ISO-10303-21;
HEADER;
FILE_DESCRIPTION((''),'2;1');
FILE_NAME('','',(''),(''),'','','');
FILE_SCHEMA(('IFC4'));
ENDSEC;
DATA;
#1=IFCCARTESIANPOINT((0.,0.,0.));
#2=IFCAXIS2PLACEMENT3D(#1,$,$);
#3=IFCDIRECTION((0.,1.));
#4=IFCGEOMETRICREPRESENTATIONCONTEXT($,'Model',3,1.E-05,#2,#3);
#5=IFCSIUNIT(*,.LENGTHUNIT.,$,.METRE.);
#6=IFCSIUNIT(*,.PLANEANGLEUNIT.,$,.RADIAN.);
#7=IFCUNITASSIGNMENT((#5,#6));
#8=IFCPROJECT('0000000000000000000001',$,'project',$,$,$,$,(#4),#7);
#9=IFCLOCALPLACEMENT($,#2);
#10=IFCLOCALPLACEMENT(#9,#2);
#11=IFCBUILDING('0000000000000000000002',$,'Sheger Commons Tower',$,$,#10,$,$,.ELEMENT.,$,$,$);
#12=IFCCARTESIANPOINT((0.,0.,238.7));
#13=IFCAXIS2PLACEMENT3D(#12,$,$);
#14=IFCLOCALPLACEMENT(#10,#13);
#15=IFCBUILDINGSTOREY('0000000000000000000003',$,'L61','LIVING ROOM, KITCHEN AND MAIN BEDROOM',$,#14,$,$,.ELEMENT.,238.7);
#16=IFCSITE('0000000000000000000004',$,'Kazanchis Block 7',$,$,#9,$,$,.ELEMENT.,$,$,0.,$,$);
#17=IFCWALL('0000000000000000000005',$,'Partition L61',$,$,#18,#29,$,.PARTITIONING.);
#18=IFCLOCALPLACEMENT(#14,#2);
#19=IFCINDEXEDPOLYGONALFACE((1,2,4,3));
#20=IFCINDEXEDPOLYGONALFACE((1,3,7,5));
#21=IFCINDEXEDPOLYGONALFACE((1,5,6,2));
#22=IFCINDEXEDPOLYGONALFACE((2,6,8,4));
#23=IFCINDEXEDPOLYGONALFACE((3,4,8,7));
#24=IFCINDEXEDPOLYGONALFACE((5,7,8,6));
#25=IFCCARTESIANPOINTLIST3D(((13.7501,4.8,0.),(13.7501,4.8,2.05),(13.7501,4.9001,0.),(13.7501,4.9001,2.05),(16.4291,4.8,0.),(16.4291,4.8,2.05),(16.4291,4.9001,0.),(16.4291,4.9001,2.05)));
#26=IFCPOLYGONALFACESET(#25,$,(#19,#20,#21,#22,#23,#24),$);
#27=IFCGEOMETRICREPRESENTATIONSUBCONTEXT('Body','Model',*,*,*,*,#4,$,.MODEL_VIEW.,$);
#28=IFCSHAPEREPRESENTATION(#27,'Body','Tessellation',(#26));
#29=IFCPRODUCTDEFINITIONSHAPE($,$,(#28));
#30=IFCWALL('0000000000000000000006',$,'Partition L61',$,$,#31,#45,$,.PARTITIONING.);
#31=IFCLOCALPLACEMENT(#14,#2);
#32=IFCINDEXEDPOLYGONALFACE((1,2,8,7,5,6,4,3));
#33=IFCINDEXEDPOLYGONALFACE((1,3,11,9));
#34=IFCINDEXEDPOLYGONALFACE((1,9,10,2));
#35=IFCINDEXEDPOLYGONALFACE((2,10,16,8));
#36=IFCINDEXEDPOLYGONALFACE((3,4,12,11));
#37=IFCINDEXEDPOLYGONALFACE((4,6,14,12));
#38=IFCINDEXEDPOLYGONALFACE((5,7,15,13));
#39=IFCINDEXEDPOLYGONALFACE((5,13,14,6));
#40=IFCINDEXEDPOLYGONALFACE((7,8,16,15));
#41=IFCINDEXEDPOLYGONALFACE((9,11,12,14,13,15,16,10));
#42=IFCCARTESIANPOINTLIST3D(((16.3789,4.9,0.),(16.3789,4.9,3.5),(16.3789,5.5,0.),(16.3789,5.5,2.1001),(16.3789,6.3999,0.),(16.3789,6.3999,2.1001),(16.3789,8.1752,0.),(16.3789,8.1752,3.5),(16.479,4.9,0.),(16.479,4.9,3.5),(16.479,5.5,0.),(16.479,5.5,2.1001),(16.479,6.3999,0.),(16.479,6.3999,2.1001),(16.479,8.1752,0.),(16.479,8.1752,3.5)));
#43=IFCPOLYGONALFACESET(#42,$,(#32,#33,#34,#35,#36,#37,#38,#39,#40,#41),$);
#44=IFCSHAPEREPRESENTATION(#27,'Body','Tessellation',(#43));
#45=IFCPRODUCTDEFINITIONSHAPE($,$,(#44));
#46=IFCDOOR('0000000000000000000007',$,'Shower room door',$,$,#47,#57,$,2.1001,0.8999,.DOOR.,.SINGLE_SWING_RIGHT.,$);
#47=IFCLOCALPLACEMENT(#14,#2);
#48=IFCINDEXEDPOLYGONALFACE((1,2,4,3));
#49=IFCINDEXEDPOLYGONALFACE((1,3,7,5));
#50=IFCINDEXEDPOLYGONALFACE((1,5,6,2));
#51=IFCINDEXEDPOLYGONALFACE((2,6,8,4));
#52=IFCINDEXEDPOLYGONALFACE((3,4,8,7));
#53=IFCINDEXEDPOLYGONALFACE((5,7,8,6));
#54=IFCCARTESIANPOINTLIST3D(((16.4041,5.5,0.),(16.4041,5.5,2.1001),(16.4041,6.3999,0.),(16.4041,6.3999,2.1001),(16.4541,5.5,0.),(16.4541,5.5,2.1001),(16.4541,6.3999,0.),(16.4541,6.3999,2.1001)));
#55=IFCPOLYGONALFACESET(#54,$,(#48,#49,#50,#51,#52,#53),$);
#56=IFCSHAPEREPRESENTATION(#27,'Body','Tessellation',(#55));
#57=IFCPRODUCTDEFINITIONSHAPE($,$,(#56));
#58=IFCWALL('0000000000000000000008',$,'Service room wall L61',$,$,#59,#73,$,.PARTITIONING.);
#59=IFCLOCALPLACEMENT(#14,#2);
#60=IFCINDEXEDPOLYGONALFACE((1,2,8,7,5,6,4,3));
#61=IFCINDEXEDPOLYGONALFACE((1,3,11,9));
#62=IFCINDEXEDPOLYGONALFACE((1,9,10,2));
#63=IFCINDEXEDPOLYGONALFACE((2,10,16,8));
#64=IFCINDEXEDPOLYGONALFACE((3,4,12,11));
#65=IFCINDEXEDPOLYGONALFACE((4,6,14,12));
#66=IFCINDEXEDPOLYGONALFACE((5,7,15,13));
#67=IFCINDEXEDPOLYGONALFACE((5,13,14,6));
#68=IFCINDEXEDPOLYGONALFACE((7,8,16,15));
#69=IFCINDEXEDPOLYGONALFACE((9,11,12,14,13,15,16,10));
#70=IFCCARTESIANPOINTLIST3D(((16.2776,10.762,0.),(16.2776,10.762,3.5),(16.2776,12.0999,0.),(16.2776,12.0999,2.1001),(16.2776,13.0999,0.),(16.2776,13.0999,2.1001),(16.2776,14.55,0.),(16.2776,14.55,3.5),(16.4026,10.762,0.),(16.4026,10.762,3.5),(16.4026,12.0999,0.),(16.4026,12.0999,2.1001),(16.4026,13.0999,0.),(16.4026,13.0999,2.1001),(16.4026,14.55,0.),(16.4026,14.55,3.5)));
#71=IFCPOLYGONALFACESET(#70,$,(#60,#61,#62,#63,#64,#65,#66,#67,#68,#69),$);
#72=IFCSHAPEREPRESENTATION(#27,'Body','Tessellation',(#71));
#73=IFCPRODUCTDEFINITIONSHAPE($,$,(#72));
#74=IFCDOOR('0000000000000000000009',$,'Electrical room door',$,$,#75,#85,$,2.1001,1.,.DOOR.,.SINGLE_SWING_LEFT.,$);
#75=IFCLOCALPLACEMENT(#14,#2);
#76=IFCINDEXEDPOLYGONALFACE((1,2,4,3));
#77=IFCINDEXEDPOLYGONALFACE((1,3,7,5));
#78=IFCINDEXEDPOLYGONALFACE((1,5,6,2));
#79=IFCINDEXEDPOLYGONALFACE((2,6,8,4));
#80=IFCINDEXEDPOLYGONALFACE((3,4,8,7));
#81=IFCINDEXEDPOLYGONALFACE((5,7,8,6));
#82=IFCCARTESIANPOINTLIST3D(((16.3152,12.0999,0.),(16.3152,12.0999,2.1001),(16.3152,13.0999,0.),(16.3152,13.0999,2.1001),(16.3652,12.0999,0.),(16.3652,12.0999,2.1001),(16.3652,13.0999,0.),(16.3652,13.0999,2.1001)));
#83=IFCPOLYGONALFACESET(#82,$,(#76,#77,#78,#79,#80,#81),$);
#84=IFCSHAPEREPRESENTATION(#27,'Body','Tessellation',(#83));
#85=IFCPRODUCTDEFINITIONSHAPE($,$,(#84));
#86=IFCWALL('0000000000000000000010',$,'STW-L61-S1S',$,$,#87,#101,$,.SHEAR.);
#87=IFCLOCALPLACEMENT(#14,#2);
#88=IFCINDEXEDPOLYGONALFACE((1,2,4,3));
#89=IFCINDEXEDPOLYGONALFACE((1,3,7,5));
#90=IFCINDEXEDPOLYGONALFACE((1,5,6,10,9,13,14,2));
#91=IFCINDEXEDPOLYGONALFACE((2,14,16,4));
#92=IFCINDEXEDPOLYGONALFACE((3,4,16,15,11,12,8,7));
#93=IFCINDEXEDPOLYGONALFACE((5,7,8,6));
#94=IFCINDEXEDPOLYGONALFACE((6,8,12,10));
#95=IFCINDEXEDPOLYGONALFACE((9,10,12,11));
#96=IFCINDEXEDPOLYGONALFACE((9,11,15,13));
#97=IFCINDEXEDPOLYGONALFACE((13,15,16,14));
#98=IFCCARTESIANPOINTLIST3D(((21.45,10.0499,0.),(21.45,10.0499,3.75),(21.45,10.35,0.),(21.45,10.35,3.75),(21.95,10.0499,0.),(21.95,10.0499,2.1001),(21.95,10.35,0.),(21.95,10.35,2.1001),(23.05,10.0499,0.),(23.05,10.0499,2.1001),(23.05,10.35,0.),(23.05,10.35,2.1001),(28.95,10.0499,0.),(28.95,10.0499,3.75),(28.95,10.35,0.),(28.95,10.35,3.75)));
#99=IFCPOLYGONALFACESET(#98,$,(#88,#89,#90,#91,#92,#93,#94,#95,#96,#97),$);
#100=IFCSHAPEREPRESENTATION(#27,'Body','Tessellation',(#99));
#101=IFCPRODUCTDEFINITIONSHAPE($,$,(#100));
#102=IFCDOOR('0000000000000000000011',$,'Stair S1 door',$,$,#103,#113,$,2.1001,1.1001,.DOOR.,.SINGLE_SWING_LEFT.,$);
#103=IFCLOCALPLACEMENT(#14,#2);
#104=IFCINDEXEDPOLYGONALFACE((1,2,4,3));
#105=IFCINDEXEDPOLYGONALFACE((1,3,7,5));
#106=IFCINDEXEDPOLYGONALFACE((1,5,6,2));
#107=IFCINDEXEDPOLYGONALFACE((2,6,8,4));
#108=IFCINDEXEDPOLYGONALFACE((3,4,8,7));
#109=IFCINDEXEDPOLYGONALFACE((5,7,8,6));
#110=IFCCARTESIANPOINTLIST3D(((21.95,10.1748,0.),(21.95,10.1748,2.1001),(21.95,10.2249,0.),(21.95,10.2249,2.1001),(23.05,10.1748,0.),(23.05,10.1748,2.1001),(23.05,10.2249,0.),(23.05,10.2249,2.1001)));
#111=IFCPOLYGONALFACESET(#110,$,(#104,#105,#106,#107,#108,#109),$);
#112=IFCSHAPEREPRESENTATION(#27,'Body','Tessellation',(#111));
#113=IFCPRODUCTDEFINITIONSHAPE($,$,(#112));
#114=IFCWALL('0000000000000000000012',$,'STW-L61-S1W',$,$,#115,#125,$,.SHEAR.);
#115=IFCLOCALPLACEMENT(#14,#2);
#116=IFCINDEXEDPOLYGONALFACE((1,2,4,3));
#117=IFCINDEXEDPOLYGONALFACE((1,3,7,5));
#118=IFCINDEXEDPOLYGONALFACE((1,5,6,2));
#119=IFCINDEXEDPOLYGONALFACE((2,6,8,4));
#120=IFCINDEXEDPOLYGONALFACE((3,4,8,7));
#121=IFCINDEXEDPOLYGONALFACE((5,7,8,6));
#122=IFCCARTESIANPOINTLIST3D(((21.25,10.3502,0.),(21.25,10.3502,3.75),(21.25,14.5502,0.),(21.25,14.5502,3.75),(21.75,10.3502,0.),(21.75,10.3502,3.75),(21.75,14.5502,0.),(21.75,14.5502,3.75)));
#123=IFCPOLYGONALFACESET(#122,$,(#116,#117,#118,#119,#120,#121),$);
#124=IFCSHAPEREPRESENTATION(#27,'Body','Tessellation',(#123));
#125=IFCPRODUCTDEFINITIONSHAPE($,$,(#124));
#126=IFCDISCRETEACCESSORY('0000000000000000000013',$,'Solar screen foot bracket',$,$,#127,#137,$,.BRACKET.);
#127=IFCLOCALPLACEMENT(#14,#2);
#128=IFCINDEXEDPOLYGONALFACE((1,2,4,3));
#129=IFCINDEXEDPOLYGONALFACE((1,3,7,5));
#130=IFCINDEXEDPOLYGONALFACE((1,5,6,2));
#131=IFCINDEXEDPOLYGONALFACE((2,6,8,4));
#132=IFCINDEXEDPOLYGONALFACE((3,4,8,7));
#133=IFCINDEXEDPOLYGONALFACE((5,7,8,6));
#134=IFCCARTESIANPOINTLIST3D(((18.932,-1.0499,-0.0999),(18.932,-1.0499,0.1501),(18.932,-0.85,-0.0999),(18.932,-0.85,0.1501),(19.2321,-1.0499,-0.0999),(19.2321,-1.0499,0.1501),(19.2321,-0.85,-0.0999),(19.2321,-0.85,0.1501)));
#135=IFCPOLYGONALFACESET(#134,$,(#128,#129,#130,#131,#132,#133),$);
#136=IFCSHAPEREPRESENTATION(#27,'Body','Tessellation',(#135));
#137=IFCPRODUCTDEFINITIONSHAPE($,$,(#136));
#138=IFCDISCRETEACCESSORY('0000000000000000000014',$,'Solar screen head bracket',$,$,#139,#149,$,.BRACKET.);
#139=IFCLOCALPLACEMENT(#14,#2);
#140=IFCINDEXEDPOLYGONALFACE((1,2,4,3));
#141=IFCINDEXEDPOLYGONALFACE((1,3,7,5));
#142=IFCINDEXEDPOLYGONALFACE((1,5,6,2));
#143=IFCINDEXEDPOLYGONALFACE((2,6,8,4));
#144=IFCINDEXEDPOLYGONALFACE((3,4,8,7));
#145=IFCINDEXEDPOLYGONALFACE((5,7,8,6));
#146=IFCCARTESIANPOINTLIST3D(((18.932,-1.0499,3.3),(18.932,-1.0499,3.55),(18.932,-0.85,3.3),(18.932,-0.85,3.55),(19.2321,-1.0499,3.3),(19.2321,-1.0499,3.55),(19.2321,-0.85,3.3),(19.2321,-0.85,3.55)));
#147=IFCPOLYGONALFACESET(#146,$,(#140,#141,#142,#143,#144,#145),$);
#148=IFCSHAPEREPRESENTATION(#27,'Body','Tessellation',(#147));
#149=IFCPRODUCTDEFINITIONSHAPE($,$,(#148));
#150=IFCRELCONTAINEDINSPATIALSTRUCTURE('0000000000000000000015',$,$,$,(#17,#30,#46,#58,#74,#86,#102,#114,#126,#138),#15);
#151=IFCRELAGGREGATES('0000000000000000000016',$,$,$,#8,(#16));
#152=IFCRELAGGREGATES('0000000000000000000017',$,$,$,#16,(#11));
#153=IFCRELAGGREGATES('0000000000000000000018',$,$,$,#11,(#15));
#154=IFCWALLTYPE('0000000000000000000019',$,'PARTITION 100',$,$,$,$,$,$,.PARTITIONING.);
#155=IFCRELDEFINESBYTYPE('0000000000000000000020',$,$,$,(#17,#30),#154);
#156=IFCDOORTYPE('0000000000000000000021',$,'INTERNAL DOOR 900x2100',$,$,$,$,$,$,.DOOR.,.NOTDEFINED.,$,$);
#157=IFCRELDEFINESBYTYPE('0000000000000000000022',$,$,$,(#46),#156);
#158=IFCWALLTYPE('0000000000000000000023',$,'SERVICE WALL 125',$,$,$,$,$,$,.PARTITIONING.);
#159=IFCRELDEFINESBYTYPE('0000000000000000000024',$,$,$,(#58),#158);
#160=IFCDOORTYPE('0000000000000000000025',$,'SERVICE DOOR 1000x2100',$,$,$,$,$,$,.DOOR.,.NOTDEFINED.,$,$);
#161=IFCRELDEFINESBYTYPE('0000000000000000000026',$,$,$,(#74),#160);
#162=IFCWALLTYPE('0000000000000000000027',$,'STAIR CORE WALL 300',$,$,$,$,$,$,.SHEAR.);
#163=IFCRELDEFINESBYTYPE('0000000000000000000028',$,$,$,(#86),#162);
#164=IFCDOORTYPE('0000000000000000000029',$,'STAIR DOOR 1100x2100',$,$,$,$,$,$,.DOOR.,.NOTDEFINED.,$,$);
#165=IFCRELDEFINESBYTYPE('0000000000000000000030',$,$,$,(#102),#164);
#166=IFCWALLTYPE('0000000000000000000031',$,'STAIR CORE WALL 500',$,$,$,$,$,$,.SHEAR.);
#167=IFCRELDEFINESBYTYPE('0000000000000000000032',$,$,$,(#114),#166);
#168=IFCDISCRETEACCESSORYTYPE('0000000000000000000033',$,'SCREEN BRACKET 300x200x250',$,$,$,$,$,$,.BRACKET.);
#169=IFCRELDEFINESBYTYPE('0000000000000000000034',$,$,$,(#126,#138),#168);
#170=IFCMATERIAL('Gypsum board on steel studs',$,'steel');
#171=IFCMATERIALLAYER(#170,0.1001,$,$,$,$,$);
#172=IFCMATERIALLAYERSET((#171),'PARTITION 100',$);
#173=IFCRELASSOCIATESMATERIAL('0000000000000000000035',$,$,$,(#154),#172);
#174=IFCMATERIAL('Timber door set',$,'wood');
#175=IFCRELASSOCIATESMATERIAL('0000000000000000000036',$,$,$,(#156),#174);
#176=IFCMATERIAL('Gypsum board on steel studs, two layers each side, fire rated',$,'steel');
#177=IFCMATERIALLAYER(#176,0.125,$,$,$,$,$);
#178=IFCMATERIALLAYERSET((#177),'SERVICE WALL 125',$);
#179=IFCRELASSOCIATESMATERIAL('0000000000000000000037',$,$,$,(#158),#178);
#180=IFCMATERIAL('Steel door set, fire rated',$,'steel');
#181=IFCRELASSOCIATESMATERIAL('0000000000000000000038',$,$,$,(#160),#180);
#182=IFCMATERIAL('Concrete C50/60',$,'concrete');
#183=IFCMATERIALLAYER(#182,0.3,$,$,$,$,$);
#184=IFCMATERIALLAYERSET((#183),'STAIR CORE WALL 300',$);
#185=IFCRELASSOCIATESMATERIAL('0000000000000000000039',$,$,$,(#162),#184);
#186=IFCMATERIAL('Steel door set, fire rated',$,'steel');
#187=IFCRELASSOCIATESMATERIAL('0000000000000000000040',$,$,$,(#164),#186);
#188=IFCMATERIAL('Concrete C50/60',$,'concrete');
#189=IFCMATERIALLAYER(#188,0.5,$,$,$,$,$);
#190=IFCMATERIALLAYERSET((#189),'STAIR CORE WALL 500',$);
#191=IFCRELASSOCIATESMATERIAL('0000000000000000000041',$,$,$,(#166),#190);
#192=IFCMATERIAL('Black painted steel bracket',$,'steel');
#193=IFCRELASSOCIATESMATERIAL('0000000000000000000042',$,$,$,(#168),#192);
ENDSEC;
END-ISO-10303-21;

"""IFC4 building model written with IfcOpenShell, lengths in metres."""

from ifc_helpers import new_model, si_unit, direction, frame, frame_2d, origin, origin_2d, place, context, subcontext, project, spatial, rectangle, extrude, material, layer, layer_set, type_object, element, fill, save


model = new_model("IFC4")

# Units and contexts
model_context = context("Model", 3, precision=1e-05, world=origin(), true_north=direction((0.0, 1.0)))
body_context = subcontext(model_context, "Body", "Model", "MODEL_VIEW")
ifc_project = project(units=[si_unit("LENGTHUNIT", "METRE"), si_unit("PLANEANGLEUNIT", "RADIAN")], contexts=[model_context])

# Site, building, storey
site_placement = place(None, origin())
site = spatial("IfcSite", under=ifc_project, at=site_placement, Name="Kazanchis Block 7", CompositionType="ELEMENT", RefElevation=0.0)
building_placement = place(site_placement, origin())
building = spatial("IfcBuilding", under=site, at=building_placement, Name="Sheger Commons Tower", CompositionType="ELEMENT")
storey_placement = place(building_placement, frame((0.0, 0.0, 238.7)))
storey = spatial("IfcBuildingStorey", under=building, at=storey_placement, Name="L61", Description="LIVING ROOM, KITCHEN AND MAIN BEDROOM", CompositionType="ELEMENT", Elevation=238.7)

# Wall
ifc_material_1 = material(Name="Gypsum board on steel studs", Category="steel")
ifc_layer_1 = layer(ifc_material_1, 0.1001)
ifc_layer_set_1 = layer_set([ifc_layer_1], Name="PARTITION 100")
wall_type_1 = type_object("IfcWallType", Name="PARTITION 100", PredefinedType="PARTITIONING", material=ifc_layer_set_1)
wall_1_placement = place(storey_placement, frame((16.429, 4.8501, 0.0), z_axis=(0.0, 0.0, 1.0), x_axis=(-1.0, 0.0, 0.0)))
element("IfcWall", 1, at=wall_1_placement, inside=storey, type_object=wall_type_1, Name="Partition L61", PredefinedType="PARTITIONING", context=body_context, shape_type="SweptSolid", body=[
    extrude(rectangle(XDim=2.679, YDim=0.1001, at=frame_2d((1.3394, 0.0))), origin(), (0.0, 0.0, 1.0), 2.05),
])

# Walls, openings, doors
wall_2_placement = place(storey_placement, frame((16.429, 4.8999, 0.0), z_axis=(0.0, 0.0, 1.0), x_axis=(0.0, 1.0, 0.0)))
wall_2 = element("IfcWall", 2, at=wall_2_placement, inside=storey, type_object=wall_type_1, Name="Partition L61", PredefinedType="PARTITIONING", context=body_context, shape_type="SweptSolid", body=[
    extrude(rectangle(XDim=3.2751, YDim=0.1001, at=frame_2d((1.6377, 0.0))), origin(), (0.0, 0.0, 1.0), 3.5),
])
opening_1_placement = place(wall_2_placement, frame((0.6001, 0.0, 0.0)))
opening_1 = element("IfcOpeningElement", 3, at=opening_1_placement, cuts=wall_2, PredefinedType="OPENING", context=body_context, shape_type="SweptSolid", body=[
    extrude(rectangle(XDim=0.8999, YDim=2.1001, at=frame_2d((0.45, 1.05))), frame((0.0, 0.0601, 0.0), z_axis=(0.0, -1.0, 0.0), x_axis=(1.0, 0.0, 0.0)), (0.0, 0.0, 1.0), 0.1201),
])
ifc_material_2 = material(Name="Timber door set", Category="wood")
door_type_1 = type_object("IfcDoorType", Name="INTERNAL DOOR 900x2100", OperationType="NOTDEFINED", PredefinedType="DOOR", material=ifc_material_2)
door_1_placement = place(opening_1_placement, origin())
door_1 = element("IfcDoor", 4, at=door_1_placement, inside=storey, type_object=door_type_1, Name="Shower room door", OperationType="SINGLE_SWING_RIGHT", OverallHeight=2.1001, OverallWidth=0.8999, PredefinedType="DOOR", context=body_context, shape_type="SweptSolid", body=[
    extrude(rectangle(XDim=0.8999, YDim=2.1001, at=frame_2d((0.45, 1.05))), frame((0.0, 0.0249, 0.0), z_axis=(0.0, -1.0, 0.0), x_axis=(1.0, 0.0, 0.0)), (0.0, 0.0, 1.0), 0.05),
])
fill(opening_1, door_1)
ifc_material_3 = material(Name="Gypsum board on steel studs, two layers each side, fire rated", Category="steel")
ifc_layer_2 = layer(ifc_material_3, 0.125)
ifc_layer_set_2 = layer_set([ifc_layer_2], Name="SERVICE WALL 125")
wall_type_2 = type_object("IfcWallType", Name="SERVICE WALL 125", PredefinedType="PARTITIONING", material=ifc_layer_set_2)
wall_3_placement = place(storey_placement, frame((16.3401, 10.762, 0.0), z_axis=(0.0, 0.0, 1.0), x_axis=(0.0, 1.0, 0.0)))
wall_3 = element("IfcWall", 5, at=wall_3_placement, inside=storey, type_object=wall_type_2, Name="Service room wall L61", PredefinedType="PARTITIONING", context=body_context, shape_type="SweptSolid", body=[
    extrude(rectangle(XDim=3.7881, YDim=0.125, at=frame_2d((1.894, 0.0))), origin(), (0.0, 0.0, 1.0), 3.5),
])
opening_2_placement = place(wall_3_placement, frame((1.3379, 0.0, 0.0)))
opening_2 = element("IfcOpeningElement", 6, at=opening_2_placement, cuts=wall_3, PredefinedType="OPENING", context=body_context, shape_type="SweptSolid", body=[
    extrude(rectangle(XDim=1.0, YDim=2.1001, at=frame_2d((0.5, 1.05))), frame((0.0, 0.0725, 0.0), z_axis=(0.0, -1.0, 0.0), x_axis=(1.0, 0.0, 0.0)), (0.0, 0.0, 1.0), 0.145),
])
ifc_material_4 = material(Name="Steel door set, fire rated", Category="steel")
door_type_2 = type_object("IfcDoorType", Name="SERVICE DOOR 1000x2100", OperationType="NOTDEFINED", PredefinedType="DOOR", material=ifc_material_4)
door_2_placement = place(opening_2_placement, origin())
door_2 = element("IfcDoor", 7, at=door_2_placement, inside=storey, type_object=door_type_2, Name="Electrical room door", OperationType="SINGLE_SWING_LEFT", OverallHeight=2.1001, OverallWidth=1.0, PredefinedType="DOOR", context=body_context, shape_type="SweptSolid", body=[
    extrude(rectangle(XDim=1.0, YDim=2.1001, at=frame_2d((0.5, 1.05))), frame((0.0, 0.0249, 0.0), z_axis=(0.0, -1.0, 0.0), x_axis=(1.0, 0.0, 0.0)), (0.0, 0.0, 1.0), 0.05),
])
fill(opening_2, door_2)
ifc_material_5 = material(Name="Concrete C50/60", Category="concrete")
ifc_layer_3 = layer(ifc_material_5, 0.3)
ifc_layer_set_3 = layer_set([ifc_layer_3], Name="STAIR CORE WALL 300")
wall_type_3 = type_object("IfcWallType", Name="STAIR CORE WALL 300", PredefinedType="SHEAR", material=ifc_layer_set_3)
wall_4_placement = place(storey_placement, frame((21.45, 10.2, 0.0), z_axis=(0.0, 0.0, 1.0), x_axis=(1.0, 0.0, 0.0)))
wall_4 = element("IfcWall", 8, at=wall_4_placement, inside=storey, type_object=wall_type_3, Name="STW-L61-S1S", PredefinedType="SHEAR", context=body_context, shape_type="SweptSolid", body=[
    extrude(rectangle(XDim=7.5, YDim=0.3, at=frame_2d((3.75, 0.0))), origin(), (0.0, 0.0, 1.0), 3.75),
])
opening_3_placement = place(wall_4_placement, frame((0.5, 0.0, 0.0)))
opening_3 = element("IfcOpeningElement", 9, at=opening_3_placement, cuts=wall_4, PredefinedType="OPENING", context=body_context, shape_type="SweptSolid", body=[
    extrude(rectangle(XDim=1.1001, YDim=2.1001, at=frame_2d((0.55, 1.05))), frame((0.0, 0.1599, 0.0), z_axis=(0.0, -1.0, 0.0), x_axis=(1.0, 0.0, 0.0)), (0.0, 0.0, 1.0), 0.3201),
])
ifc_material_6 = material(Name="Steel door set, fire rated", Category="steel")
door_type_3 = type_object("IfcDoorType", Name="STAIR DOOR 1100x2100", OperationType="NOTDEFINED", PredefinedType="DOOR", material=ifc_material_6)
door_3_placement = place(opening_3_placement, origin())
door_3 = element("IfcDoor", 10, at=door_3_placement, inside=storey, type_object=door_type_3, Name="Stair S1 door", OperationType="SINGLE_SWING_LEFT", OverallHeight=2.1001, OverallWidth=1.1001, PredefinedType="DOOR", context=body_context, shape_type="SweptSolid", body=[
    extrude(rectangle(XDim=1.1001, YDim=2.1001, at=frame_2d((0.55, 1.05))), frame((0.0, 0.0249, 0.0), z_axis=(0.0, -1.0, 0.0), x_axis=(1.0, 0.0, 0.0)), (0.0, 0.0, 1.0), 0.05),
])
fill(opening_3, door_3)

# Wall
ifc_material_7 = material(Name="Concrete C50/60", Category="concrete")
ifc_layer_4 = layer(ifc_material_7, 0.5)
ifc_layer_set_4 = layer_set([ifc_layer_4], Name="STAIR CORE WALL 500")
wall_type_4 = type_object("IfcWallType", Name="STAIR CORE WALL 500", PredefinedType="SHEAR", material=ifc_layer_set_4)
wall_5_placement = place(storey_placement, frame((21.5, 10.3501, 0.0), z_axis=(0.0, 0.0, 1.0), x_axis=(0.0, 1.0, 0.0)))
element("IfcWall", 11, at=wall_5_placement, inside=storey, type_object=wall_type_4, Name="STW-L61-S1W", PredefinedType="SHEAR", context=body_context, shape_type="SweptSolid", body=[
    extrude(rectangle(XDim=4.2, YDim=0.5, at=frame_2d((2.1001, 0.0))), origin(), (0.0, 0.0, 1.0), 3.75),
])

# Discrete accessories
ifc_material_8 = material(Name="Black painted steel bracket", Category="steel")
discrete_accessory_type = type_object("IfcDiscreteAccessoryType", Name="SCREEN BRACKET 300x200x250", PredefinedType="BRACKET", material=ifc_material_8)
for number, where, z_axis, x_axis, name in (
    (12, (19.082, -0.95, -0.0999), (0.0, 0.0, 1.0), (1.0, 0.0, 0.0), "Solar screen foot bracket"),
    (13, (19.082, -0.95, 3.3), (0.0, 0.0, 1.0), (1.0, 0.0, 0.0), "Solar screen head bracket"),
):
    element("IfcDiscreteAccessory", number, at=place(storey_placement, frame(where, z_axis=z_axis, x_axis=x_axis)), inside=storey, type_object=discrete_accessory_type, Name=name, PredefinedType="BRACKET", context=body_context, shape_type="SweptSolid", body=[
        extrude(rectangle(XDim=0.3, YDim=0.2, at=origin_2d()), origin(), (0.0, 0.0, 1.0), 0.25),
    ])

save(model, "model.ifc")
